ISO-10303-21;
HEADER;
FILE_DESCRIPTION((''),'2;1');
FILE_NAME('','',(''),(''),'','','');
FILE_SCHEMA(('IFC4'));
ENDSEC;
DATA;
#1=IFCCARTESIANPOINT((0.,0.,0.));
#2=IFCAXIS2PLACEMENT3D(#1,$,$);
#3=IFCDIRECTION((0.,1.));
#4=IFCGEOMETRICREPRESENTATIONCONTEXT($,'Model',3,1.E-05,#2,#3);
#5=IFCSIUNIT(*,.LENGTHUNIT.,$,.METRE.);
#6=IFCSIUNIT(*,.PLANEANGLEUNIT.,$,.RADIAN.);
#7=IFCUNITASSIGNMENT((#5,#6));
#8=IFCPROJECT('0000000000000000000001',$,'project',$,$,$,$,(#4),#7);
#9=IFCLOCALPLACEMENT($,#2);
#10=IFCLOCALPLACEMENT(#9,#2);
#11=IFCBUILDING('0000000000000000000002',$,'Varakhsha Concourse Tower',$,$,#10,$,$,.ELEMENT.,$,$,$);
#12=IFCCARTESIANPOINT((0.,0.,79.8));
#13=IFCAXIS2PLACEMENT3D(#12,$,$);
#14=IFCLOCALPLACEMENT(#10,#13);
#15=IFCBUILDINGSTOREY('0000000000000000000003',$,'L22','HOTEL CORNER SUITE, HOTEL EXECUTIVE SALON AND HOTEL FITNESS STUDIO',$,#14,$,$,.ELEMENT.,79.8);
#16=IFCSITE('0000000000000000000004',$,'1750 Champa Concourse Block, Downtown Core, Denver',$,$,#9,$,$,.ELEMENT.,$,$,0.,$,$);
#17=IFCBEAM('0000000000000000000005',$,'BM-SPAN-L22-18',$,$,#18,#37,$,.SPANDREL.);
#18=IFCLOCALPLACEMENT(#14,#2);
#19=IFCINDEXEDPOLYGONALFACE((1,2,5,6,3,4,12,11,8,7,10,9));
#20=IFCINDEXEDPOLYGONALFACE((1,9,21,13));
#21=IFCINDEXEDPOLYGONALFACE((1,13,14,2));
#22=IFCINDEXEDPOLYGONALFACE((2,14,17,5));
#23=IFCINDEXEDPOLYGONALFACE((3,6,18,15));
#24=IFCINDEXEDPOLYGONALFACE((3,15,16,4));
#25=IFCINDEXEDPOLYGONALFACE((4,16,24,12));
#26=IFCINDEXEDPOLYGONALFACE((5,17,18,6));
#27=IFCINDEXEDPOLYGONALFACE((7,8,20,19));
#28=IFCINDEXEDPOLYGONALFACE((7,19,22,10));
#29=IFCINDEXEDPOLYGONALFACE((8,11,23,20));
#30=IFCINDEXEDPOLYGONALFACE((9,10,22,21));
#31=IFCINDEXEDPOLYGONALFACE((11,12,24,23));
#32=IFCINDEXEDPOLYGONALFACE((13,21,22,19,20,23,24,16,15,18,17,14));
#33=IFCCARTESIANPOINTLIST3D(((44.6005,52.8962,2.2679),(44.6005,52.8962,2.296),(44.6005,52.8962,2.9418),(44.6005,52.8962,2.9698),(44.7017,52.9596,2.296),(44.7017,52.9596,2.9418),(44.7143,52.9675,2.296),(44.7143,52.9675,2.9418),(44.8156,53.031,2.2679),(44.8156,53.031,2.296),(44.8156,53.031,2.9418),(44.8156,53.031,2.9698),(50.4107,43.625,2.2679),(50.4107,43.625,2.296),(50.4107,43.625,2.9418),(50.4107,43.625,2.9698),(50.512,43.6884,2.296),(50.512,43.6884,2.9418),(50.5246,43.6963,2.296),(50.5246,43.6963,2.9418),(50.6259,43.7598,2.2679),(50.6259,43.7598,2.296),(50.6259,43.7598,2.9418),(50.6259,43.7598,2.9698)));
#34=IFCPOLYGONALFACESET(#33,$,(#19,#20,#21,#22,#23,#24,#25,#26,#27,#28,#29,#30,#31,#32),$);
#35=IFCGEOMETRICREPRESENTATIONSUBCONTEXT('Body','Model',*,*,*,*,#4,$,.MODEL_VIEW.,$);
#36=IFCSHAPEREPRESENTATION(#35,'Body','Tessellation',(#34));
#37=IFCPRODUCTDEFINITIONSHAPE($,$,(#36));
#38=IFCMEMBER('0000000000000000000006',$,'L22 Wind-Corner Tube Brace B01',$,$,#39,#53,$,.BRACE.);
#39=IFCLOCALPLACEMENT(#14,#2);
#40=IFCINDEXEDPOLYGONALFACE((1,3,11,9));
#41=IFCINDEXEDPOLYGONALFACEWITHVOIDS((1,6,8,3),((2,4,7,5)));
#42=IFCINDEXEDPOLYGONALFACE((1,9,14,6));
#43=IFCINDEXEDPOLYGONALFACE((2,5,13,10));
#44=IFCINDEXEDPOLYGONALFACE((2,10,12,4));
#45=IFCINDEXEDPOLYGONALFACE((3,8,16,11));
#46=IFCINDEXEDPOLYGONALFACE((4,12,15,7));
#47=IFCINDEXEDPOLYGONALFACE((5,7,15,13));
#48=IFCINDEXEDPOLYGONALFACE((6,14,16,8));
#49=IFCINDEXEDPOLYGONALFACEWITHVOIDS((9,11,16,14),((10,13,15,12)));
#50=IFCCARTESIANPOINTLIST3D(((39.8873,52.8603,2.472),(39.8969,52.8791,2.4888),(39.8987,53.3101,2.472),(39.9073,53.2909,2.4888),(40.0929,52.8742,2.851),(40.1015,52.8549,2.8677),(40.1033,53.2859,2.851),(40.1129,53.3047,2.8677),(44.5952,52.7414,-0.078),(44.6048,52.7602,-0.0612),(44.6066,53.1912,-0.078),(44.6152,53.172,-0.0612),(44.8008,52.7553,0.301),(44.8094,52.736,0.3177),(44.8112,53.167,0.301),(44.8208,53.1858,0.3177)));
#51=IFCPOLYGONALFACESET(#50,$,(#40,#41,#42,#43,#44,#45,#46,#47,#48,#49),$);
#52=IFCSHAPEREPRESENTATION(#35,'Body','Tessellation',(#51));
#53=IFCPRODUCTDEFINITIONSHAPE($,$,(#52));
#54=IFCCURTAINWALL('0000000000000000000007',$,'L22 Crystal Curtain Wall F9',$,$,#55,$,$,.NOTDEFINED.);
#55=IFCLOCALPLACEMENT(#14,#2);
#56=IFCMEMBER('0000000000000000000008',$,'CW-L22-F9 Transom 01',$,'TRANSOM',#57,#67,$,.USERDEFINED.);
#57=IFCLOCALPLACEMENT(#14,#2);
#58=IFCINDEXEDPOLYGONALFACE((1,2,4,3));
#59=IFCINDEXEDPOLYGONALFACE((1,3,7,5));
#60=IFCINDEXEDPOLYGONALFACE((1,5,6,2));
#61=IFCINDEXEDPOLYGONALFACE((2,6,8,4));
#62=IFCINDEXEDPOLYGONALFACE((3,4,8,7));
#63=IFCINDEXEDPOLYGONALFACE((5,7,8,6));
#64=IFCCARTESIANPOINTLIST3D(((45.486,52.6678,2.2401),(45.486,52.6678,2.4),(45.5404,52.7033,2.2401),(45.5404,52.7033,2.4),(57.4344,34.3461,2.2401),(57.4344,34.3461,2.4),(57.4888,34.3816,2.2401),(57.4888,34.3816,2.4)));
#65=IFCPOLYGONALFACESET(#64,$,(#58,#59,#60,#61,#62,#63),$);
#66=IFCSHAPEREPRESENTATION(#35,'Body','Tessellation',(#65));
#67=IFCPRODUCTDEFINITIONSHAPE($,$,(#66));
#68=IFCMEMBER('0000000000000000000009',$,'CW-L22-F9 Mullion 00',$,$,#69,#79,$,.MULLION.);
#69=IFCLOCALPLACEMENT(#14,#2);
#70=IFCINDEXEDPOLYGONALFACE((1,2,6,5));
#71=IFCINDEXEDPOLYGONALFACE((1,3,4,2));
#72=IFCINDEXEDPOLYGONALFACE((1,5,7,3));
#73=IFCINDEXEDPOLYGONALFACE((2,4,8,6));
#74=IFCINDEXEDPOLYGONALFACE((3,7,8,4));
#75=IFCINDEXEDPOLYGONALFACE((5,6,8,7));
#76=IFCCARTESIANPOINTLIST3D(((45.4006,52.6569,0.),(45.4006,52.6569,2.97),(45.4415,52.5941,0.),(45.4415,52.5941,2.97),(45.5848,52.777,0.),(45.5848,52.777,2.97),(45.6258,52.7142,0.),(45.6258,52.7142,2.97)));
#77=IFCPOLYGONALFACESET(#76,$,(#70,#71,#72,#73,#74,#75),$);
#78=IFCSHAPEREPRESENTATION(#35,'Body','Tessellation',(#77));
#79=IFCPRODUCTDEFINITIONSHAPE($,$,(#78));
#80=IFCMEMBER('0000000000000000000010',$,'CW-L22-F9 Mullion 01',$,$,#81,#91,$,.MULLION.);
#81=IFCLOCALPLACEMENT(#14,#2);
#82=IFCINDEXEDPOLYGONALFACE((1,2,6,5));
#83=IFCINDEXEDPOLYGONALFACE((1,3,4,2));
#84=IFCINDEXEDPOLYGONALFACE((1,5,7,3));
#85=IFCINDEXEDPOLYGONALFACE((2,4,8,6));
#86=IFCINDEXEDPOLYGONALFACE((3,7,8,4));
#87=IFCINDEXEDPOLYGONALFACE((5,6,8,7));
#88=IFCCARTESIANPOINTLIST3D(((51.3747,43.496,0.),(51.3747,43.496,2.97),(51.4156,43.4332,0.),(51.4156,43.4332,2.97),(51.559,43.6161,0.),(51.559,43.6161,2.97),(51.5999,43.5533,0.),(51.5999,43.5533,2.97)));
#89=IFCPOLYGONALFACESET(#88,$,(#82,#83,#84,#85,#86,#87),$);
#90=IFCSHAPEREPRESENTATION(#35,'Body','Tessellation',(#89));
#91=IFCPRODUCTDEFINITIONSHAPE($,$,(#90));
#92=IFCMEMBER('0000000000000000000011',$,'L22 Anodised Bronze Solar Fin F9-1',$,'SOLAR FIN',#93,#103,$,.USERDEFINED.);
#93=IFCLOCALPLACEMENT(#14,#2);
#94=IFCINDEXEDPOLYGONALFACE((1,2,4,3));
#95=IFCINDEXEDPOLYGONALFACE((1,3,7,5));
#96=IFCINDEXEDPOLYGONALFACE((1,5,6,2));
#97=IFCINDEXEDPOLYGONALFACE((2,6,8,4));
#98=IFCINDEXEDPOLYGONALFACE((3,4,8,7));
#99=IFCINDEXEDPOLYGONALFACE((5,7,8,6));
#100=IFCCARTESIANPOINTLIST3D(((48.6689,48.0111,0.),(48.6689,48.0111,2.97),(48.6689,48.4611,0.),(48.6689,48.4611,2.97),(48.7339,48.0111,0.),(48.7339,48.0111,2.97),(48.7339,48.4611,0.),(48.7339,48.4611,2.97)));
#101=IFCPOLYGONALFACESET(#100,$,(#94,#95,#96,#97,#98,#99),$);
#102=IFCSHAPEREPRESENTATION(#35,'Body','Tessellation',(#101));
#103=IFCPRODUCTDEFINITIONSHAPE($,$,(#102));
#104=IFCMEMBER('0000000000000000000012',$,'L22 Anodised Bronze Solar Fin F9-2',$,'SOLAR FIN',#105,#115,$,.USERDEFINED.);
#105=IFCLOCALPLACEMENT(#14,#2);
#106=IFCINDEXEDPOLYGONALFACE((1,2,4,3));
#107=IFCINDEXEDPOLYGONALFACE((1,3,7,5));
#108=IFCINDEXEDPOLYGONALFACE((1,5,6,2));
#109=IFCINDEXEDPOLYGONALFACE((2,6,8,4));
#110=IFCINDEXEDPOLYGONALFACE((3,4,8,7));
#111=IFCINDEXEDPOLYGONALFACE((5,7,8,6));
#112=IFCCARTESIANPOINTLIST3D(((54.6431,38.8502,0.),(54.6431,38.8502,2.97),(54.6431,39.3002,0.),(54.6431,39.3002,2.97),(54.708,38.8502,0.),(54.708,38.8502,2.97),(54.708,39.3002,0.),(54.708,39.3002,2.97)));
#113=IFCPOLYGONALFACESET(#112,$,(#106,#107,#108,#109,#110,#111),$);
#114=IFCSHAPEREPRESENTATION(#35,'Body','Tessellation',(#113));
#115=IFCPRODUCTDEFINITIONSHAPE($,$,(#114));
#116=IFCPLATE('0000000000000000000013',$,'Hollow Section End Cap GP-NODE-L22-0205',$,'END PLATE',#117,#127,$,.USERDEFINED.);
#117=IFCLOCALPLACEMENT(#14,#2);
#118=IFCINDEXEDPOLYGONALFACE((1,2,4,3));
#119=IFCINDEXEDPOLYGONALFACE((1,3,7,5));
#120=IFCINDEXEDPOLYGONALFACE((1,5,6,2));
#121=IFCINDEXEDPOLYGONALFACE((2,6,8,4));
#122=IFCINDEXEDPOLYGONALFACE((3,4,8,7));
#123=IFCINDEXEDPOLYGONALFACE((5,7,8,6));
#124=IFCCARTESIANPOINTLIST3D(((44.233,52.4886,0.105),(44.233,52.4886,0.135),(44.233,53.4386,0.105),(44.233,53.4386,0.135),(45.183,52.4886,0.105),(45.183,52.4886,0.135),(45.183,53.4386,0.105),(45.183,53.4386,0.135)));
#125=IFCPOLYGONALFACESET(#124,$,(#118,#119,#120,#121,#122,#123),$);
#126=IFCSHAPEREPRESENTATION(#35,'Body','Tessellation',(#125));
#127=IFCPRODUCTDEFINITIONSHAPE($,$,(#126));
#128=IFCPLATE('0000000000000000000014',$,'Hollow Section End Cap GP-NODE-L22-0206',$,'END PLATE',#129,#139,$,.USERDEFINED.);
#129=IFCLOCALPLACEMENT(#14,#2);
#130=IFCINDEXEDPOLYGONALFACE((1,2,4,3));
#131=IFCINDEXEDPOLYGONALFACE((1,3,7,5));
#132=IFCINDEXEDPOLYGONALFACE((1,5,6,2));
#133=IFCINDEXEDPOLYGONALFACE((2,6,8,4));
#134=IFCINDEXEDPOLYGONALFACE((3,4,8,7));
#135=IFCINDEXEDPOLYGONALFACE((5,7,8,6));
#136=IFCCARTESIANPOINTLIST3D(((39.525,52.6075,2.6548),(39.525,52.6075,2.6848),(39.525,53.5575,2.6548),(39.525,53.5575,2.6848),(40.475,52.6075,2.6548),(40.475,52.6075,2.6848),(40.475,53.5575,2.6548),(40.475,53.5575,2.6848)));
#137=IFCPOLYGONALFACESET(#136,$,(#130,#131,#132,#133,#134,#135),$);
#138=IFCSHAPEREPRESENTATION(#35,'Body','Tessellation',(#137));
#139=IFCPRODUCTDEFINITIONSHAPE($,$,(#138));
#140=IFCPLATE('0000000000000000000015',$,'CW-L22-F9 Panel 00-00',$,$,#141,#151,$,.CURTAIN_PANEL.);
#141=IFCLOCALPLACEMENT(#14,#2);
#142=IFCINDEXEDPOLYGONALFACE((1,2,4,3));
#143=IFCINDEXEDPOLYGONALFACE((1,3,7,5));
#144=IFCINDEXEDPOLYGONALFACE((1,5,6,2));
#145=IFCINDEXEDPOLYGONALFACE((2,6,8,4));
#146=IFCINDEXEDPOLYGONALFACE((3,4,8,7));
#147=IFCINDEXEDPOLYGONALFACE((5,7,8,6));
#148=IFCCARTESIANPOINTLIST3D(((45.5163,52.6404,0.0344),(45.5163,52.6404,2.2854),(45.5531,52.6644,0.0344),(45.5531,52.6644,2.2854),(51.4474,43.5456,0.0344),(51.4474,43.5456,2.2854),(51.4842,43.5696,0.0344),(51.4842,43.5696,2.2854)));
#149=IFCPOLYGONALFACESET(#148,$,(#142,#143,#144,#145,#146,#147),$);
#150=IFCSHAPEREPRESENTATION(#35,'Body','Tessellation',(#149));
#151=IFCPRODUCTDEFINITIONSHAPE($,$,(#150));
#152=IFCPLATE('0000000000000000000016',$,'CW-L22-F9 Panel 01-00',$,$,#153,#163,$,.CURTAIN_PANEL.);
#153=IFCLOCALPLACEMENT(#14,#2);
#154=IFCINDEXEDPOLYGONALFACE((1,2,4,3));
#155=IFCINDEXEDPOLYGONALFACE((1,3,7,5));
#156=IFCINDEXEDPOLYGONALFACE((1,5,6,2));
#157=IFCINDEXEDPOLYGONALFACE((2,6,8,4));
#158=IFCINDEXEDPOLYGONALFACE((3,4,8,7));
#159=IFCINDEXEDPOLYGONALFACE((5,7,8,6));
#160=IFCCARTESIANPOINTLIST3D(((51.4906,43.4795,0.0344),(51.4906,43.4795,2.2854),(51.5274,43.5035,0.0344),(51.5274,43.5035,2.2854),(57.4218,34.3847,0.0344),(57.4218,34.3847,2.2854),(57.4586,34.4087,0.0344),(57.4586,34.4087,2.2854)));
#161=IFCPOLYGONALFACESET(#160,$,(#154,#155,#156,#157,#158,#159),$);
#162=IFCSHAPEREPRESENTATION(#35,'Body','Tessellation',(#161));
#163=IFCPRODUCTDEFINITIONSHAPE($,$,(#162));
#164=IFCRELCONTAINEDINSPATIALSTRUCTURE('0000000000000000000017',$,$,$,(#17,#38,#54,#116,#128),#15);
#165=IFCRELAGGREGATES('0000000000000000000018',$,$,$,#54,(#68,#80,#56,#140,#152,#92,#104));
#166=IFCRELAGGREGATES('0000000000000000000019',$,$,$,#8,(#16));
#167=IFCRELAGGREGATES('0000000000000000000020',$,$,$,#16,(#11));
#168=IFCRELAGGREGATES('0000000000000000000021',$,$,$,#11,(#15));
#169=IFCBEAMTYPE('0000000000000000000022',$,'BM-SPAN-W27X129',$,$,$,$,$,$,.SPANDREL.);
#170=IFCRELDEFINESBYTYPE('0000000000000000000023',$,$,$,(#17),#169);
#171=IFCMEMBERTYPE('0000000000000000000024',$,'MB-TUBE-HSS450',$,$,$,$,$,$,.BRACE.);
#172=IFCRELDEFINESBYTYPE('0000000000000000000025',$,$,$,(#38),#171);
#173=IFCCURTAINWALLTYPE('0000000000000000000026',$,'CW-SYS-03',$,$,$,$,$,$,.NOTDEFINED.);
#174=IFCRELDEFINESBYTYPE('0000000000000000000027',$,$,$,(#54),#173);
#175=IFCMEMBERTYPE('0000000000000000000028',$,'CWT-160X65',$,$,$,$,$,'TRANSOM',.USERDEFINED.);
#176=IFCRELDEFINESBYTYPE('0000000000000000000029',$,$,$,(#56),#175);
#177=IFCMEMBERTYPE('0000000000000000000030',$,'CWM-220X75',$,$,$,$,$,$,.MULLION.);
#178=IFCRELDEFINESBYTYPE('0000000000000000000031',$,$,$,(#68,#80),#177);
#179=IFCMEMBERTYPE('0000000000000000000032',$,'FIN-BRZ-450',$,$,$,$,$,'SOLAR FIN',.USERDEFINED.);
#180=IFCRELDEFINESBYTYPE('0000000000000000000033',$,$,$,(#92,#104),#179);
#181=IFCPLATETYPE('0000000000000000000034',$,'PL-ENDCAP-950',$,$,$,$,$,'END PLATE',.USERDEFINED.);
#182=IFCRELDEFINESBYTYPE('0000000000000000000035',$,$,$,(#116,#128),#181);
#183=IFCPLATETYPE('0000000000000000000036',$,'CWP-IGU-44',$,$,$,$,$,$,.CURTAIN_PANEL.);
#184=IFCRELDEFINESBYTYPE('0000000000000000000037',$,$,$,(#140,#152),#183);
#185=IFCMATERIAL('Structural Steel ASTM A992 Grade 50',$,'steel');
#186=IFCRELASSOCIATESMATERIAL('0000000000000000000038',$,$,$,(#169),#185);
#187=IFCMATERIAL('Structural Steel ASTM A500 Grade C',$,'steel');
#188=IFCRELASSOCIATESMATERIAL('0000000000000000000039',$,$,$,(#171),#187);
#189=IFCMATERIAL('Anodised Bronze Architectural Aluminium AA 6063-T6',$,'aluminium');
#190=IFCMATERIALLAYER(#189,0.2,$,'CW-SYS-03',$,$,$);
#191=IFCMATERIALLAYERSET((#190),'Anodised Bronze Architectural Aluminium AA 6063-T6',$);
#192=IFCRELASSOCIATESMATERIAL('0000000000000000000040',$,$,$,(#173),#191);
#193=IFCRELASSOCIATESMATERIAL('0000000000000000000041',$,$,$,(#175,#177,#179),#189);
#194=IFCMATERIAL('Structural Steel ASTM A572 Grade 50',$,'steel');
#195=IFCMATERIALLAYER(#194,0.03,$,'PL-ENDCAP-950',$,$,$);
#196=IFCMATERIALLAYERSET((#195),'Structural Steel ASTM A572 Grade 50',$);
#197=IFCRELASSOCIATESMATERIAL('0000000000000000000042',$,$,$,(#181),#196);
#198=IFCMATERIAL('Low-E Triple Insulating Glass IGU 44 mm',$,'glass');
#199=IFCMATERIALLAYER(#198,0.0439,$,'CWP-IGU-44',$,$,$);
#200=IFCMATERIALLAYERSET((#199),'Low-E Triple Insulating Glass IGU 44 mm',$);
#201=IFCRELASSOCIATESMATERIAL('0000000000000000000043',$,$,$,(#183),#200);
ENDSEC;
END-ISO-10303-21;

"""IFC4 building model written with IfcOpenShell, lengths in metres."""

from ifc_helpers import new_model, si_unit, direction, frame, origin, origin_2d, place, context, subcontext, project, spatial, rectangle, hollow_rectangle, i_section, extrude, source, transform, mapped, material, layer, layer_set, material_profile, profile_set, type_object, type_shapes, element, aggregate, save


model = new_model("IFC4")

# Units and contexts
model_context = context("Model", 3, precision=1e-05, world=origin(), true_north=direction((0.0, 1.0)))
body_context = subcontext(model_context, "Body", "Model", "MODEL_VIEW")
ifc_project = project(units=[si_unit("LENGTHUNIT", "METRE"), si_unit("PLANEANGLEUNIT", "RADIAN")], contexts=[model_context])

# Site, building, storey
site_placement = place(None, origin())
site = spatial("IfcSite", under=ifc_project, at=site_placement, Name="1750 Champa Concourse Block, Downtown Core, Denver", CompositionType="ELEMENT", RefElevation=0.0)
building_placement = place(site_placement, origin())
building = spatial("IfcBuilding", under=site, at=building_placement, Name="Varakhsha Concourse Tower", CompositionType="ELEMENT")
storey_placement = place(building_placement, frame((0.0, 0.0, 79.8)))
storey = spatial("IfcBuildingStorey", under=building, at=storey_placement, Name="L22", Description="HOTEL CORNER SUITE, HOTEL EXECUTIVE SALON AND HOTEL FITNESS STUDIO", CompositionType="ELEMENT", Elevation=79.8)

# Shared definitions
ifc_material_1 = material(Name="Structural Steel ASTM A992 Grade 50", Category="steel")
ifc_material_2 = material(Name="Structural Steel ASTM A572 Grade 50", Category="steel")

# Beam
ifc_material_profile_1 = material_profile(ifc_material_1, i_section(OverallWidth=0.2539, OverallDepth=0.7019, WebThickness=0.0149, FlangeThickness=0.0281, at=origin_2d()), Name="W27X129")
ifc_profile_set_1 = profile_set([ifc_material_profile_1], Name="Structural Steel ASTM A992 Grade 50")
beam_type_1 = type_object("IfcBeamType", Name="BM-SPAN-W27X129", PredefinedType="SPANDREL", material=ifc_profile_set_1)
beam_1_placement = place(storey_placement, frame((50.5183, 43.6924, 2.6189), z_axis=(-0.531035, 0.84735, 0.0), x_axis=(-0.84735, -0.531035, 0.0)))
element("IfcBeam", 1, at=beam_1_placement, inside=storey, type_object=beam_type_1, Name="BM-SPAN-L22-18", PredefinedType="SPANDREL", context=body_context, shape_type="SweptSolid", body=[
    extrude(i_section(OverallWidth=0.2539, OverallDepth=0.7019, WebThickness=0.0149, FlangeThickness=0.0281, at=origin_2d()), origin(), (0.0, 0.0, 1.0), 10.9414),
])

# Member
ifc_material_3 = material(Name="Structural Steel ASTM A500 Grade C", Category="steel")
ifc_material_profile_2 = material_profile(ifc_material_3, hollow_rectangle(XDim=0.45, YDim=0.45, WallThickness=0.019, at=origin_2d()), Name="HSS 450x450x19")
ifc_profile_set_2 = profile_set([ifc_material_profile_2], Name="Structural Steel ASTM A500 Grade C")
member_type_1 = type_object("IfcMemberType", Name="MB-TUBE-HSS450", PredefinedType="BRACE", material=ifc_profile_set_2)
shared_shape_1 = source(origin(), body_context, "Body", "SweptSolid", [
    extrude(hollow_rectangle(XDim=0.45, YDim=0.45, WallThickness=0.019, at=origin_2d()), origin(), (0.0, 0.0, 1.0), 5.3555),
])
type_shapes(member_type_1, [shared_shape_1])
member_1_placement = place(storey_placement, frame((44.708, 52.9636, 0.1199), z_axis=(-0.879085, 0.0222, 0.476148), x_axis=(-0.025246, -0.999681, 0.0)))
element("IfcMember", 2, at=member_1_placement, inside=storey, type_object=member_type_1, Name="L22 Wind-Corner Tube Brace B01", PredefinedType="BRACE", context=body_context, shape_type="MappedRepresentation", body=[
    mapped(shared_shape_1, transform((0.0, 0.0, 0.0), scale=1.0)),
])

# Curtain wall, members
ifc_material_4 = material(Name="Anodised Bronze Architectural Aluminium AA 6063-T6", Category="aluminium")
ifc_layer_1 = layer(ifc_material_4, 0.2, Name="CW-SYS-03")
ifc_layer_set_1 = layer_set([ifc_layer_1], Name="Anodised Bronze Architectural Aluminium AA 6063-T6")
curtain_wall_type = type_object("IfcCurtainWallType", Name="CW-SYS-03", PredefinedType="NOTDEFINED", material=ifc_layer_set_1)
curtain_wall_placement = place(storey_placement, origin())
curtain_wall = element("IfcCurtainWall", 3, at=curtain_wall_placement, inside=storey, type_object=curtain_wall_type, Name="L22 Crystal Curtain Wall F9", PredefinedType="NOTDEFINED")
ifc_material_profile_3 = material_profile(ifc_material_4, rectangle(XDim=0.0649, YDim=0.1599, at=origin_2d()), Name="CWT-160X65")
ifc_profile_set_3 = profile_set([ifc_material_profile_3], Name="Anodised Bronze Architectural Aluminium AA 6063-T6")
member_type_2 = type_object("IfcMemberType", Name="CWT-160X65", ElementType="TRANSOM", PredefinedType="USERDEFINED", material=ifc_profile_set_3)
shared_shape_2 = source(origin(), body_context, "Body", "SweptSolid", [
    extrude(rectangle(XDim=0.0649, YDim=0.1599, at=origin_2d()), origin(), (0.0, 0.0, 1.0), 21.8735),
])
type_shapes(member_type_2, [shared_shape_2])
member_2_placement = place(storey_placement, frame((45.5132, 52.6855, 2.3201), z_axis=(0.546252, -0.837621, 0.0), x_axis=(0.837621, 0.546252, 0.0)))
member_2 = element("IfcMember", 4, at=member_2_placement, type_object=member_type_2, Name="CW-L22-F9 Transom 01", ObjectType="TRANSOM", PredefinedType="USERDEFINED", context=body_context, shape_type="MappedRepresentation", body=[
    mapped(shared_shape_2, transform((0.0, 0.0, 0.0), scale=1.0)),
])
ifc_material_profile_4 = material_profile(ifc_material_4, rectangle(XDim=0.075, YDim=0.22, at=origin_2d()), Name="CWM-220X75")
ifc_profile_set_4 = profile_set([ifc_material_profile_4], Name="Anodised Bronze Architectural Aluminium AA 6063-T6")
member_type_3 = type_object("IfcMemberType", Name="CWM-220X75", PredefinedType="MULLION", material=ifc_profile_set_4)
shared_shape_3 = source(origin(), body_context, "Body", "SweptSolid", [
    extrude(rectangle(XDim=0.075, YDim=0.22, at=origin_2d()), origin(), (0.0, 0.0, 1.0), 2.97),
])
type_shapes(member_type_3, [shared_shape_3])
member_3_placement = place(storey_placement, frame((45.5132, 52.6855, 0.0), z_axis=(0.0, 0.0, 1.0), x_axis=(0.54625, -0.837622, 0.0)))
member_3 = element("IfcMember", 5, at=member_3_placement, type_object=member_type_3, Name="CW-L22-F9 Mullion 00", PredefinedType="MULLION", context=body_context, shape_type="MappedRepresentation", body=[
    mapped(shared_shape_3, transform((0.0, 0.0, 0.0), scale=1.0)),
])
member_4_placement = place(storey_placement, frame((51.4873, 43.5247, 0.0), z_axis=(0.0, 0.0, 1.0), x_axis=(0.54625, -0.837622, 0.0)))
member_4 = element("IfcMember", 6, at=member_4_placement, type_object=member_type_3, Name="CW-L22-F9 Mullion 01", PredefinedType="MULLION", context=body_context, shape_type="MappedRepresentation", body=[
    mapped(shared_shape_3, transform((0.0, 0.0, 0.0), scale=1.0)),
])
ifc_material_profile_5 = material_profile(ifc_material_4, rectangle(XDim=0.0649, YDim=0.45, at=origin_2d()), Name="FIN-BRZ-450")
ifc_profile_set_5 = profile_set([ifc_material_profile_5], Name="Anodised Bronze Architectural Aluminium AA 6063-T6")
member_type_4 = type_object("IfcMemberType", Name="FIN-BRZ-450", ElementType="SOLAR FIN", PredefinedType="USERDEFINED", material=ifc_profile_set_5)
shared_shape_4 = source(origin(), body_context, "Body", "SweptSolid", [
    extrude(rectangle(XDim=0.0649, YDim=0.45, at=origin_2d()), origin(), (0.0, 0.0, 1.0), 2.97),
])
type_shapes(member_type_4, [shared_shape_4])
member_5_placement = place(storey_placement, frame((48.7014, 48.2361, 0.0), z_axis=(0.0, 0.0, 1.0), x_axis=(1.0, 0.0, 0.0)))
member_5 = element("IfcMember", 7, at=member_5_placement, type_object=member_type_4, Name="L22 Anodised Bronze Solar Fin F9-1", ObjectType="SOLAR FIN", PredefinedType="USERDEFINED", context=body_context, shape_type="MappedRepresentation", body=[
    mapped(shared_shape_4, transform((0.0, 0.0, 0.0), scale=1.0)),
])
member_6_placement = place(storey_placement, frame((54.6755, 39.0752, 0.0), z_axis=(0.0, 0.0, 1.0), x_axis=(1.0, 0.0, 0.0)))
member_6 = element("IfcMember", 8, at=member_6_placement, type_object=member_type_4, Name="L22 Anodised Bronze Solar Fin F9-2", ObjectType="SOLAR FIN", PredefinedType="USERDEFINED", context=body_context, shape_type="MappedRepresentation", body=[
    mapped(shared_shape_4, transform((0.0, 0.0, 0.0), scale=1.0)),
])

# Plates
ifc_layer_2 = layer(ifc_material_2, 0.03, Name="PL-ENDCAP-950")
ifc_layer_set_2 = layer_set([ifc_layer_2], Name="Structural Steel ASTM A572 Grade 50")
plate_type_1 = type_object("IfcPlateType", Name="PL-ENDCAP-950", ElementType="END PLATE", PredefinedType="USERDEFINED", material=ifc_layer_set_2)
shared_shape_5 = source(origin(), body_context, "Body", "SweptSolid", [
    extrude(rectangle(XDim=0.95, YDim=0.95, at=origin_2d()), origin(), (0.0, 0.0, 1.0), 0.03),
])
type_shapes(plate_type_1, [shared_shape_5])
for number, where, z_axis, x_axis, name in (
    (9, (44.708, 52.9636, 0.105), (0.0, 0.0, 1.0), (1.0, 0.0, 0.0), "Hollow Section End Cap GP-NODE-L22-0205"),
    (10, (40.0, 53.0825, 2.6548), (0.0, 0.0, 1.0), (1.0, 0.0, 0.0), "Hollow Section End Cap GP-NODE-L22-0206"),
):
    element("IfcPlate", number, at=place(storey_placement, frame(where, z_axis=z_axis, x_axis=x_axis)), inside=storey, type_object=plate_type_1, Name=name, ObjectType="END PLATE", PredefinedType="USERDEFINED", context=body_context, shape_type="MappedRepresentation", body=[
        mapped(shared_shape_5, transform((0.0, 0.0, 0.0), scale=1.0)),
    ])

# Plates
ifc_material_5 = material(Name="Low-E Triple Insulating Glass IGU 44 mm", Category="glass")
ifc_layer_3 = layer(ifc_material_5, 0.0439, Name="CWP-IGU-44")
ifc_layer_set_3 = layer_set([ifc_layer_3], Name="Low-E Triple Insulating Glass IGU 44 mm")
plate_type_2 = type_object("IfcPlateType", Name="CWP-IGU-44", PredefinedType="CURTAIN_PANEL", material=ifc_layer_set_3)
shared_shape_6 = source(origin(), body_context, "Body", "SweptSolid", [
    extrude(rectangle(XDim=10.8579, YDim=0.0439, at=origin_2d()), origin(), (0.0, 0.0, 1.0), 2.251),
])
type_shapes(plate_type_2, [shared_shape_6])
plate_1_placement = place(storey_placement, frame((48.5002, 48.105, 0.0344), z_axis=(0.0, 0.0, 1.0), x_axis=(0.54625, -0.837622, 0.0)))
plate_1 = element("IfcPlate", 11, at=plate_1_placement, type_object=plate_type_2, Name="CW-L22-F9 Panel 00-00", PredefinedType="CURTAIN_PANEL", context=body_context, shape_type="MappedRepresentation", body=[
    mapped(shared_shape_6, transform((0.0, 0.0, 0.0), scale=1.0)),
])
plate_2_placement = place(storey_placement, frame((54.4746, 38.9441, 0.0344), z_axis=(0.0, 0.0, 1.0), x_axis=(0.54625, -0.837622, 0.0)))
plate_2 = element("IfcPlate", 12, at=plate_2_placement, type_object=plate_type_2, Name="CW-L22-F9 Panel 01-00", PredefinedType="CURTAIN_PANEL", context=body_context, shape_type="MappedRepresentation", body=[
    mapped(shared_shape_6, transform((0.0, 0.0, 0.0), scale=1.0)),
])
aggregate(curtain_wall, [member_3, member_4, member_2, plate_1, plate_2, member_5, member_6])

save(model, "model.ifc")
